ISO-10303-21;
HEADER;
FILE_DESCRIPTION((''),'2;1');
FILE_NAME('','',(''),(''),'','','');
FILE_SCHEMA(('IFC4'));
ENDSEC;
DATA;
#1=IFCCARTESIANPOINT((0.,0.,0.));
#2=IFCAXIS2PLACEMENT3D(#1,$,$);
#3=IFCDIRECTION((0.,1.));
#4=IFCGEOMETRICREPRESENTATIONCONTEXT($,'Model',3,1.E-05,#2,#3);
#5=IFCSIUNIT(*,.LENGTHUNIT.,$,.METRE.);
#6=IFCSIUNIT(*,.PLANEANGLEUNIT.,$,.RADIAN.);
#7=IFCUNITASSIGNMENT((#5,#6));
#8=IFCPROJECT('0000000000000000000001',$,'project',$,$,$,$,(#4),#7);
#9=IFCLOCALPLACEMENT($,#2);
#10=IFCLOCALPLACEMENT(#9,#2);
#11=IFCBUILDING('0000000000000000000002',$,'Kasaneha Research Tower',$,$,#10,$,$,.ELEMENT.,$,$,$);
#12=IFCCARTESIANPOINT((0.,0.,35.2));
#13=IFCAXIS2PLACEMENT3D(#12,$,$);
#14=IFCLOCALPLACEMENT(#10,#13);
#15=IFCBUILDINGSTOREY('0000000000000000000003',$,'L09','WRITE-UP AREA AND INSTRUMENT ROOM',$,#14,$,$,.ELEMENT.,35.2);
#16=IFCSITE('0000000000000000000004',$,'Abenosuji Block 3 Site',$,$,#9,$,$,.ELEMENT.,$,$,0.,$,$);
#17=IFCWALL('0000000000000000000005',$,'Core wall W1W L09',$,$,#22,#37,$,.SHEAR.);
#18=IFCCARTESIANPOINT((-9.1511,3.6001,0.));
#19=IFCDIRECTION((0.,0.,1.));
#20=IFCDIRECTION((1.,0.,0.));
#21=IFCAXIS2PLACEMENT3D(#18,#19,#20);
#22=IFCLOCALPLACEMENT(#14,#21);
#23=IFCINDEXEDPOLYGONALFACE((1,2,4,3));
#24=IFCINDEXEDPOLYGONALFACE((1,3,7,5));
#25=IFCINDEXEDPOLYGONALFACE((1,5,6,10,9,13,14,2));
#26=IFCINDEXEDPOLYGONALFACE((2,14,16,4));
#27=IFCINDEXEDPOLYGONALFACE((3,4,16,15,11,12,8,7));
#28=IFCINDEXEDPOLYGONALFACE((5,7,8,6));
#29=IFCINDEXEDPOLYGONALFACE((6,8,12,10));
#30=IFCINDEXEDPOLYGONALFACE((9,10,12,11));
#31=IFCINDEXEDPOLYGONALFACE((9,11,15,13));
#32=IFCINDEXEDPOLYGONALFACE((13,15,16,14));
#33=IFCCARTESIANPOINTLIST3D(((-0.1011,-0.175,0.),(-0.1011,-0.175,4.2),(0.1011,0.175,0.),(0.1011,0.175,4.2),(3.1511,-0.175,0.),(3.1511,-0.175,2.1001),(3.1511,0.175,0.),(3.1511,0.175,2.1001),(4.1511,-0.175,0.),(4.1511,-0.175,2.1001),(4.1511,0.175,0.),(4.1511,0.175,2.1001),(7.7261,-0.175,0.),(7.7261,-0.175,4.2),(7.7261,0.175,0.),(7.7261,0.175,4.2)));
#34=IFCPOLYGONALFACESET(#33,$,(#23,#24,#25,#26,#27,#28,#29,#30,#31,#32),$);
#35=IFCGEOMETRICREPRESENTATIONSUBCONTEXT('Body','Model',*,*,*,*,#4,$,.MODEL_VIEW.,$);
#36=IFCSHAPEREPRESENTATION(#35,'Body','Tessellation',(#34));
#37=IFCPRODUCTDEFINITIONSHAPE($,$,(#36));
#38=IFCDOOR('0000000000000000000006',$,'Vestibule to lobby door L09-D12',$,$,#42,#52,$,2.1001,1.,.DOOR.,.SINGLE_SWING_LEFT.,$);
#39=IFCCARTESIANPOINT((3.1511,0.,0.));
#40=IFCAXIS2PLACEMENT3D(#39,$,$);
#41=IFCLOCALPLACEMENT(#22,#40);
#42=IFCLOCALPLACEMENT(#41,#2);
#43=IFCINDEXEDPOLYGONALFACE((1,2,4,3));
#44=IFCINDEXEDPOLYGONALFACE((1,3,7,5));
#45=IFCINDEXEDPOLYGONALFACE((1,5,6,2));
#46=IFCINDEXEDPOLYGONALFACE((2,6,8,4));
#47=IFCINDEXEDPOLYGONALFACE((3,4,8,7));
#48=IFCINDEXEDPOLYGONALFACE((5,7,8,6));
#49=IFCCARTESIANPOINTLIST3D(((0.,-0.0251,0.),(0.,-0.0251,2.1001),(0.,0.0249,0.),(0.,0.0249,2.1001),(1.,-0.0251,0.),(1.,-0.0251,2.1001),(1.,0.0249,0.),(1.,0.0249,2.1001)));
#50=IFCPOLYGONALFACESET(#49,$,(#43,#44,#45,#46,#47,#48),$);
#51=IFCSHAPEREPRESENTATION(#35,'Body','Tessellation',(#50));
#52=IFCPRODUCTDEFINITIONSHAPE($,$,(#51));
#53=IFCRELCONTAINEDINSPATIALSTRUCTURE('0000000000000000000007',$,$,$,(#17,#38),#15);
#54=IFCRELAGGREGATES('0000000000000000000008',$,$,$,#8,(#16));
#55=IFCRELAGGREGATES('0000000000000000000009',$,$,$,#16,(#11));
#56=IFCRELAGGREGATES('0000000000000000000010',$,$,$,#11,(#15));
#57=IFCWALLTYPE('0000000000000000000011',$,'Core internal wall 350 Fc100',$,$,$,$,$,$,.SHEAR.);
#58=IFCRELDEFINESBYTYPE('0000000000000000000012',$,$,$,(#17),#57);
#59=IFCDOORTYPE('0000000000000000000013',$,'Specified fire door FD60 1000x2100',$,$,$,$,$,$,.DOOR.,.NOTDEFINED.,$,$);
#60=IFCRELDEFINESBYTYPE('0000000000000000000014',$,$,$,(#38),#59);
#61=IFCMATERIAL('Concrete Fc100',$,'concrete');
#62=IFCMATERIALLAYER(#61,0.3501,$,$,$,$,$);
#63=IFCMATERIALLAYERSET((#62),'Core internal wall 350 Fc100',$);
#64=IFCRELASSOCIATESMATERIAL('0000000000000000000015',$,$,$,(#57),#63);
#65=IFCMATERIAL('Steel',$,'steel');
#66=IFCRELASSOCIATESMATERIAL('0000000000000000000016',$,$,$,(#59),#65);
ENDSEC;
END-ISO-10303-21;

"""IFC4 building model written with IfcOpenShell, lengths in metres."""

from ifc_helpers import new_model, si_unit, direction, frame, frame_2d, origin, place, context, subcontext, project, spatial, polyline, rectangle, outline, extrude, material, layer, layer_set, type_object, element, fill, save


model = new_model("IFC4")

# Units and contexts
model_context = context("Model", 3, precision=1e-05, world=origin(), true_north=direction((0.0, 1.0)))
body_context = subcontext(model_context, "Body", "Model", "MODEL_VIEW")
ifc_project = project(units=[si_unit("LENGTHUNIT", "METRE"), si_unit("PLANEANGLEUNIT", "RADIAN")], contexts=[model_context])

# Site, building, storey
site_placement = place(None, origin())
site = spatial("IfcSite", under=ifc_project, at=site_placement, Name="Abenosuji Block 3 Site", CompositionType="ELEMENT", RefElevation=0.0)
building_placement = place(site_placement, origin())
building = spatial("IfcBuilding", under=site, at=building_placement, Name="Kasaneha Research Tower", CompositionType="ELEMENT")
storey_placement = place(building_placement, frame((0.0, 0.0, 35.2)))
storey = spatial("IfcBuildingStorey", under=building, at=storey_placement, Name="L09", Description="WRITE-UP AREA AND INSTRUMENT ROOM", CompositionType="ELEMENT", Elevation=35.2)

# Wall, opening, door
ifc_material_1 = material(Name="Concrete Fc100", Category="concrete")
ifc_layer_1 = layer(ifc_material_1, 0.3501)
ifc_layer_set_1 = layer_set([ifc_layer_1], Name="Core internal wall 350 Fc100")
wall_type_1 = type_object("IfcWallType", Name="Core internal wall 350 Fc100", PredefinedType="SHEAR", material=ifc_layer_set_1)
wall_1_placement = place(storey_placement, frame((-9.1511, 3.6001, 0.0), z_axis=(0.0, 0.0, 1.0), x_axis=(1.0, 0.0, 0.0)))
wall_1 = element("IfcWall", 1, at=wall_1_placement, inside=storey, type_object=wall_type_1, Name="Core wall W1W L09", PredefinedType="SHEAR", context=body_context, shape_type="SweptSolid", body=[
    extrude(outline(polyline([(-0.1011, -0.175), (3.1511, -0.175), (4.1511, -0.175), (7.7261, -0.175), (7.7261, 0.175), (4.1511, 0.175), (3.1511, 0.175), (0.1011, 0.175), (-0.1011, -0.175)])), origin(), (0.0, 0.0, 1.0), 4.2),
])
opening_1_placement = place(wall_1_placement, frame((3.1511, 0.0, 0.0)))
opening_1 = element("IfcOpeningElement", 2, at=opening_1_placement, cuts=wall_1, PredefinedType="OPENING", context=body_context, shape_type="SweptSolid", body=[
    extrude(rectangle(XDim=1.0, YDim=2.1001, at=frame_2d((0.5, 1.05))), frame((0.0, 0.1851, 0.0), z_axis=(0.0, -1.0, 0.0), x_axis=(1.0, 0.0, 0.0)), (0.0, 0.0, 1.0), 0.3701),
])
ifc_material_2 = material(Name="Steel", Category="steel")
door_type_1 = type_object("IfcDoorType", Name="Specified fire door FD60 1000x2100", OperationType="NOTDEFINED", PredefinedType="DOOR", material=ifc_material_2)
door_1_placement = place(opening_1_placement, origin())
door_1 = element("IfcDoor", 3, at=door_1_placement, inside=storey, type_object=door_type_1, Name="Vestibule to lobby door L09-D12", OperationType="SINGLE_SWING_LEFT", OverallHeight=2.1001, OverallWidth=1.0, PredefinedType="DOOR", context=body_context, shape_type="SweptSolid", body=[
    extrude(rectangle(XDim=1.0, YDim=2.1001, at=frame_2d((0.5, 1.05))), frame((0.0, 0.0249, 0.0), z_axis=(0.0, -1.0, 0.0), x_axis=(1.0, 0.0, 0.0)), (0.0, 0.0, 1.0), 0.05),
])
fill(opening_1, door_1)

save(model, "model.ifc")
